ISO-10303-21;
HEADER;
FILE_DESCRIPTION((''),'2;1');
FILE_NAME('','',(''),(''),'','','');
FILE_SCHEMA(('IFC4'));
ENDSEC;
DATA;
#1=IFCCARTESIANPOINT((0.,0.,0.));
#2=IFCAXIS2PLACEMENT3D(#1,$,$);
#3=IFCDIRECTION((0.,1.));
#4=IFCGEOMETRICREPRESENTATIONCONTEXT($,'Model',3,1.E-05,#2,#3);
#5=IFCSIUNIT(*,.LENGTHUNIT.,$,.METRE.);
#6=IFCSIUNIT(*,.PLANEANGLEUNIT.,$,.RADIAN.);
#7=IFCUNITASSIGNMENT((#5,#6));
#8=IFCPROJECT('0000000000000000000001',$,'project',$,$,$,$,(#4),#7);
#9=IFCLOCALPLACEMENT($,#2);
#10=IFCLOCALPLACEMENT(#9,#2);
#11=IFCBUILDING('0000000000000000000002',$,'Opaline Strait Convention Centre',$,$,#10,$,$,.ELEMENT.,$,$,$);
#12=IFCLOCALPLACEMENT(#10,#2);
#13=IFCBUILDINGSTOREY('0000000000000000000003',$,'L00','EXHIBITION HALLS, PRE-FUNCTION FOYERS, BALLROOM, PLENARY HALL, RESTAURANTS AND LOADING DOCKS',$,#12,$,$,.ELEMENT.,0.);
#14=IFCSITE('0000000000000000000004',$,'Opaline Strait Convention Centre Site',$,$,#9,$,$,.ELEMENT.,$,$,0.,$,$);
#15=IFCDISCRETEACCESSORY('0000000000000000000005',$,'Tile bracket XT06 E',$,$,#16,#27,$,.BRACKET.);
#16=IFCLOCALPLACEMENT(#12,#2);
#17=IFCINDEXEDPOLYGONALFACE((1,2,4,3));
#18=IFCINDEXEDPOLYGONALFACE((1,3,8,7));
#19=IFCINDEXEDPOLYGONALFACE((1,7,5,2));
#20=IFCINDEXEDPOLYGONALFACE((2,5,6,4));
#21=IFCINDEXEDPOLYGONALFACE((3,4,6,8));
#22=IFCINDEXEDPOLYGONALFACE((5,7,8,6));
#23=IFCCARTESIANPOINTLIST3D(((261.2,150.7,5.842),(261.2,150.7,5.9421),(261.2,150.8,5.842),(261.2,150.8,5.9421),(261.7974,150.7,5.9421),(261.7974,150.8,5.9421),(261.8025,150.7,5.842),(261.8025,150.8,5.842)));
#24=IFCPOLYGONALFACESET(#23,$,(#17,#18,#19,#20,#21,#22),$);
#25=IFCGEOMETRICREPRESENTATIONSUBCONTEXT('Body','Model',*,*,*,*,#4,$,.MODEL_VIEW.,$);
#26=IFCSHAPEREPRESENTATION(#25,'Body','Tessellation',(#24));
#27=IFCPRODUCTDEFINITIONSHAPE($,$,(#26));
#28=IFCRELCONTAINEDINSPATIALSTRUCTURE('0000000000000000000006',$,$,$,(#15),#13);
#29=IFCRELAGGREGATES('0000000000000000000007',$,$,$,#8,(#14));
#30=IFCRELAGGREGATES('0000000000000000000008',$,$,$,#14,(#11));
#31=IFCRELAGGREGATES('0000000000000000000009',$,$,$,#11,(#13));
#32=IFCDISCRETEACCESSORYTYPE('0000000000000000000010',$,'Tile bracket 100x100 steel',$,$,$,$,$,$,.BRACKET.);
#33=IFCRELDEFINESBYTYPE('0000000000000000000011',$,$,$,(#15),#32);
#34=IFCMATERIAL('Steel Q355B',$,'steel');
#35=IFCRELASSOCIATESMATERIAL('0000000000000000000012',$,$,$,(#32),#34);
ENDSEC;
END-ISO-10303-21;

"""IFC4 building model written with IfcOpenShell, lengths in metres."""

from ifc_helpers import new_model, si_unit, direction, frame, origin, place, context, subcontext, project, spatial, polyline, outline, extrude, material, type_object, element, save


model = new_model("IFC4")

# Units and contexts
model_context = context("Model", 3, precision=1e-05, world=origin(), true_north=direction((0.0, 1.0)))
body_context = subcontext(model_context, "Body", "Model", "MODEL_VIEW")
ifc_project = project(units=[si_unit("LENGTHUNIT", "METRE"), si_unit("PLANEANGLEUNIT", "RADIAN")], contexts=[model_context])

# Site, building, storey
site_placement = place(None, origin())
site = spatial("IfcSite", under=ifc_project, at=site_placement, Name="Opaline Strait Convention Centre Site", CompositionType="ELEMENT", RefElevation=0.0)
building_placement = place(site_placement, origin())
building = spatial("IfcBuilding", under=site, at=building_placement, Name="Opaline Strait Convention Centre", CompositionType="ELEMENT")
storey_placement = place(building_placement, origin())
storey = spatial("IfcBuildingStorey", under=building, at=storey_placement, Name="L00", Description="EXHIBITION HALLS, PRE-FUNCTION FOYERS, BALLROOM, PLENARY HALL, RESTAURANTS AND LOADING DOCKS", CompositionType="ELEMENT", Elevation=0.0)

# Shared definitions
ifc_material_1 = material(Name="Steel Q355B", Category="steel")

# Discrete accessory
discrete_accessory_type = type_object("IfcDiscreteAccessoryType", Name="Tile bracket 100x100 steel", PredefinedType="BRACKET", material=ifc_material_1)
discrete_accessory_1_placement = place(storey_placement, frame((261.2, 150.7, 5.8921), z_axis=(0.0, 1.0, 0.0), x_axis=(-1.0, 0.0, 0.0)))
element("IfcDiscreteAccessory", 1, at=discrete_accessory_1_placement, inside=storey, type_object=discrete_accessory_type, Name="Tile bracket XT06 E", PredefinedType="BRACKET", context=body_context, shape_type="SweptSolid", body=[
    extrude(outline(polyline([(0.0, -0.05), (0.0, 0.05), (-0.5974, 0.05), (-0.6025, -0.05), (0.0, -0.05)])), origin(), (0.0, 0.0, 1.0), 0.1001),
])

save(model, "model.ifc")
